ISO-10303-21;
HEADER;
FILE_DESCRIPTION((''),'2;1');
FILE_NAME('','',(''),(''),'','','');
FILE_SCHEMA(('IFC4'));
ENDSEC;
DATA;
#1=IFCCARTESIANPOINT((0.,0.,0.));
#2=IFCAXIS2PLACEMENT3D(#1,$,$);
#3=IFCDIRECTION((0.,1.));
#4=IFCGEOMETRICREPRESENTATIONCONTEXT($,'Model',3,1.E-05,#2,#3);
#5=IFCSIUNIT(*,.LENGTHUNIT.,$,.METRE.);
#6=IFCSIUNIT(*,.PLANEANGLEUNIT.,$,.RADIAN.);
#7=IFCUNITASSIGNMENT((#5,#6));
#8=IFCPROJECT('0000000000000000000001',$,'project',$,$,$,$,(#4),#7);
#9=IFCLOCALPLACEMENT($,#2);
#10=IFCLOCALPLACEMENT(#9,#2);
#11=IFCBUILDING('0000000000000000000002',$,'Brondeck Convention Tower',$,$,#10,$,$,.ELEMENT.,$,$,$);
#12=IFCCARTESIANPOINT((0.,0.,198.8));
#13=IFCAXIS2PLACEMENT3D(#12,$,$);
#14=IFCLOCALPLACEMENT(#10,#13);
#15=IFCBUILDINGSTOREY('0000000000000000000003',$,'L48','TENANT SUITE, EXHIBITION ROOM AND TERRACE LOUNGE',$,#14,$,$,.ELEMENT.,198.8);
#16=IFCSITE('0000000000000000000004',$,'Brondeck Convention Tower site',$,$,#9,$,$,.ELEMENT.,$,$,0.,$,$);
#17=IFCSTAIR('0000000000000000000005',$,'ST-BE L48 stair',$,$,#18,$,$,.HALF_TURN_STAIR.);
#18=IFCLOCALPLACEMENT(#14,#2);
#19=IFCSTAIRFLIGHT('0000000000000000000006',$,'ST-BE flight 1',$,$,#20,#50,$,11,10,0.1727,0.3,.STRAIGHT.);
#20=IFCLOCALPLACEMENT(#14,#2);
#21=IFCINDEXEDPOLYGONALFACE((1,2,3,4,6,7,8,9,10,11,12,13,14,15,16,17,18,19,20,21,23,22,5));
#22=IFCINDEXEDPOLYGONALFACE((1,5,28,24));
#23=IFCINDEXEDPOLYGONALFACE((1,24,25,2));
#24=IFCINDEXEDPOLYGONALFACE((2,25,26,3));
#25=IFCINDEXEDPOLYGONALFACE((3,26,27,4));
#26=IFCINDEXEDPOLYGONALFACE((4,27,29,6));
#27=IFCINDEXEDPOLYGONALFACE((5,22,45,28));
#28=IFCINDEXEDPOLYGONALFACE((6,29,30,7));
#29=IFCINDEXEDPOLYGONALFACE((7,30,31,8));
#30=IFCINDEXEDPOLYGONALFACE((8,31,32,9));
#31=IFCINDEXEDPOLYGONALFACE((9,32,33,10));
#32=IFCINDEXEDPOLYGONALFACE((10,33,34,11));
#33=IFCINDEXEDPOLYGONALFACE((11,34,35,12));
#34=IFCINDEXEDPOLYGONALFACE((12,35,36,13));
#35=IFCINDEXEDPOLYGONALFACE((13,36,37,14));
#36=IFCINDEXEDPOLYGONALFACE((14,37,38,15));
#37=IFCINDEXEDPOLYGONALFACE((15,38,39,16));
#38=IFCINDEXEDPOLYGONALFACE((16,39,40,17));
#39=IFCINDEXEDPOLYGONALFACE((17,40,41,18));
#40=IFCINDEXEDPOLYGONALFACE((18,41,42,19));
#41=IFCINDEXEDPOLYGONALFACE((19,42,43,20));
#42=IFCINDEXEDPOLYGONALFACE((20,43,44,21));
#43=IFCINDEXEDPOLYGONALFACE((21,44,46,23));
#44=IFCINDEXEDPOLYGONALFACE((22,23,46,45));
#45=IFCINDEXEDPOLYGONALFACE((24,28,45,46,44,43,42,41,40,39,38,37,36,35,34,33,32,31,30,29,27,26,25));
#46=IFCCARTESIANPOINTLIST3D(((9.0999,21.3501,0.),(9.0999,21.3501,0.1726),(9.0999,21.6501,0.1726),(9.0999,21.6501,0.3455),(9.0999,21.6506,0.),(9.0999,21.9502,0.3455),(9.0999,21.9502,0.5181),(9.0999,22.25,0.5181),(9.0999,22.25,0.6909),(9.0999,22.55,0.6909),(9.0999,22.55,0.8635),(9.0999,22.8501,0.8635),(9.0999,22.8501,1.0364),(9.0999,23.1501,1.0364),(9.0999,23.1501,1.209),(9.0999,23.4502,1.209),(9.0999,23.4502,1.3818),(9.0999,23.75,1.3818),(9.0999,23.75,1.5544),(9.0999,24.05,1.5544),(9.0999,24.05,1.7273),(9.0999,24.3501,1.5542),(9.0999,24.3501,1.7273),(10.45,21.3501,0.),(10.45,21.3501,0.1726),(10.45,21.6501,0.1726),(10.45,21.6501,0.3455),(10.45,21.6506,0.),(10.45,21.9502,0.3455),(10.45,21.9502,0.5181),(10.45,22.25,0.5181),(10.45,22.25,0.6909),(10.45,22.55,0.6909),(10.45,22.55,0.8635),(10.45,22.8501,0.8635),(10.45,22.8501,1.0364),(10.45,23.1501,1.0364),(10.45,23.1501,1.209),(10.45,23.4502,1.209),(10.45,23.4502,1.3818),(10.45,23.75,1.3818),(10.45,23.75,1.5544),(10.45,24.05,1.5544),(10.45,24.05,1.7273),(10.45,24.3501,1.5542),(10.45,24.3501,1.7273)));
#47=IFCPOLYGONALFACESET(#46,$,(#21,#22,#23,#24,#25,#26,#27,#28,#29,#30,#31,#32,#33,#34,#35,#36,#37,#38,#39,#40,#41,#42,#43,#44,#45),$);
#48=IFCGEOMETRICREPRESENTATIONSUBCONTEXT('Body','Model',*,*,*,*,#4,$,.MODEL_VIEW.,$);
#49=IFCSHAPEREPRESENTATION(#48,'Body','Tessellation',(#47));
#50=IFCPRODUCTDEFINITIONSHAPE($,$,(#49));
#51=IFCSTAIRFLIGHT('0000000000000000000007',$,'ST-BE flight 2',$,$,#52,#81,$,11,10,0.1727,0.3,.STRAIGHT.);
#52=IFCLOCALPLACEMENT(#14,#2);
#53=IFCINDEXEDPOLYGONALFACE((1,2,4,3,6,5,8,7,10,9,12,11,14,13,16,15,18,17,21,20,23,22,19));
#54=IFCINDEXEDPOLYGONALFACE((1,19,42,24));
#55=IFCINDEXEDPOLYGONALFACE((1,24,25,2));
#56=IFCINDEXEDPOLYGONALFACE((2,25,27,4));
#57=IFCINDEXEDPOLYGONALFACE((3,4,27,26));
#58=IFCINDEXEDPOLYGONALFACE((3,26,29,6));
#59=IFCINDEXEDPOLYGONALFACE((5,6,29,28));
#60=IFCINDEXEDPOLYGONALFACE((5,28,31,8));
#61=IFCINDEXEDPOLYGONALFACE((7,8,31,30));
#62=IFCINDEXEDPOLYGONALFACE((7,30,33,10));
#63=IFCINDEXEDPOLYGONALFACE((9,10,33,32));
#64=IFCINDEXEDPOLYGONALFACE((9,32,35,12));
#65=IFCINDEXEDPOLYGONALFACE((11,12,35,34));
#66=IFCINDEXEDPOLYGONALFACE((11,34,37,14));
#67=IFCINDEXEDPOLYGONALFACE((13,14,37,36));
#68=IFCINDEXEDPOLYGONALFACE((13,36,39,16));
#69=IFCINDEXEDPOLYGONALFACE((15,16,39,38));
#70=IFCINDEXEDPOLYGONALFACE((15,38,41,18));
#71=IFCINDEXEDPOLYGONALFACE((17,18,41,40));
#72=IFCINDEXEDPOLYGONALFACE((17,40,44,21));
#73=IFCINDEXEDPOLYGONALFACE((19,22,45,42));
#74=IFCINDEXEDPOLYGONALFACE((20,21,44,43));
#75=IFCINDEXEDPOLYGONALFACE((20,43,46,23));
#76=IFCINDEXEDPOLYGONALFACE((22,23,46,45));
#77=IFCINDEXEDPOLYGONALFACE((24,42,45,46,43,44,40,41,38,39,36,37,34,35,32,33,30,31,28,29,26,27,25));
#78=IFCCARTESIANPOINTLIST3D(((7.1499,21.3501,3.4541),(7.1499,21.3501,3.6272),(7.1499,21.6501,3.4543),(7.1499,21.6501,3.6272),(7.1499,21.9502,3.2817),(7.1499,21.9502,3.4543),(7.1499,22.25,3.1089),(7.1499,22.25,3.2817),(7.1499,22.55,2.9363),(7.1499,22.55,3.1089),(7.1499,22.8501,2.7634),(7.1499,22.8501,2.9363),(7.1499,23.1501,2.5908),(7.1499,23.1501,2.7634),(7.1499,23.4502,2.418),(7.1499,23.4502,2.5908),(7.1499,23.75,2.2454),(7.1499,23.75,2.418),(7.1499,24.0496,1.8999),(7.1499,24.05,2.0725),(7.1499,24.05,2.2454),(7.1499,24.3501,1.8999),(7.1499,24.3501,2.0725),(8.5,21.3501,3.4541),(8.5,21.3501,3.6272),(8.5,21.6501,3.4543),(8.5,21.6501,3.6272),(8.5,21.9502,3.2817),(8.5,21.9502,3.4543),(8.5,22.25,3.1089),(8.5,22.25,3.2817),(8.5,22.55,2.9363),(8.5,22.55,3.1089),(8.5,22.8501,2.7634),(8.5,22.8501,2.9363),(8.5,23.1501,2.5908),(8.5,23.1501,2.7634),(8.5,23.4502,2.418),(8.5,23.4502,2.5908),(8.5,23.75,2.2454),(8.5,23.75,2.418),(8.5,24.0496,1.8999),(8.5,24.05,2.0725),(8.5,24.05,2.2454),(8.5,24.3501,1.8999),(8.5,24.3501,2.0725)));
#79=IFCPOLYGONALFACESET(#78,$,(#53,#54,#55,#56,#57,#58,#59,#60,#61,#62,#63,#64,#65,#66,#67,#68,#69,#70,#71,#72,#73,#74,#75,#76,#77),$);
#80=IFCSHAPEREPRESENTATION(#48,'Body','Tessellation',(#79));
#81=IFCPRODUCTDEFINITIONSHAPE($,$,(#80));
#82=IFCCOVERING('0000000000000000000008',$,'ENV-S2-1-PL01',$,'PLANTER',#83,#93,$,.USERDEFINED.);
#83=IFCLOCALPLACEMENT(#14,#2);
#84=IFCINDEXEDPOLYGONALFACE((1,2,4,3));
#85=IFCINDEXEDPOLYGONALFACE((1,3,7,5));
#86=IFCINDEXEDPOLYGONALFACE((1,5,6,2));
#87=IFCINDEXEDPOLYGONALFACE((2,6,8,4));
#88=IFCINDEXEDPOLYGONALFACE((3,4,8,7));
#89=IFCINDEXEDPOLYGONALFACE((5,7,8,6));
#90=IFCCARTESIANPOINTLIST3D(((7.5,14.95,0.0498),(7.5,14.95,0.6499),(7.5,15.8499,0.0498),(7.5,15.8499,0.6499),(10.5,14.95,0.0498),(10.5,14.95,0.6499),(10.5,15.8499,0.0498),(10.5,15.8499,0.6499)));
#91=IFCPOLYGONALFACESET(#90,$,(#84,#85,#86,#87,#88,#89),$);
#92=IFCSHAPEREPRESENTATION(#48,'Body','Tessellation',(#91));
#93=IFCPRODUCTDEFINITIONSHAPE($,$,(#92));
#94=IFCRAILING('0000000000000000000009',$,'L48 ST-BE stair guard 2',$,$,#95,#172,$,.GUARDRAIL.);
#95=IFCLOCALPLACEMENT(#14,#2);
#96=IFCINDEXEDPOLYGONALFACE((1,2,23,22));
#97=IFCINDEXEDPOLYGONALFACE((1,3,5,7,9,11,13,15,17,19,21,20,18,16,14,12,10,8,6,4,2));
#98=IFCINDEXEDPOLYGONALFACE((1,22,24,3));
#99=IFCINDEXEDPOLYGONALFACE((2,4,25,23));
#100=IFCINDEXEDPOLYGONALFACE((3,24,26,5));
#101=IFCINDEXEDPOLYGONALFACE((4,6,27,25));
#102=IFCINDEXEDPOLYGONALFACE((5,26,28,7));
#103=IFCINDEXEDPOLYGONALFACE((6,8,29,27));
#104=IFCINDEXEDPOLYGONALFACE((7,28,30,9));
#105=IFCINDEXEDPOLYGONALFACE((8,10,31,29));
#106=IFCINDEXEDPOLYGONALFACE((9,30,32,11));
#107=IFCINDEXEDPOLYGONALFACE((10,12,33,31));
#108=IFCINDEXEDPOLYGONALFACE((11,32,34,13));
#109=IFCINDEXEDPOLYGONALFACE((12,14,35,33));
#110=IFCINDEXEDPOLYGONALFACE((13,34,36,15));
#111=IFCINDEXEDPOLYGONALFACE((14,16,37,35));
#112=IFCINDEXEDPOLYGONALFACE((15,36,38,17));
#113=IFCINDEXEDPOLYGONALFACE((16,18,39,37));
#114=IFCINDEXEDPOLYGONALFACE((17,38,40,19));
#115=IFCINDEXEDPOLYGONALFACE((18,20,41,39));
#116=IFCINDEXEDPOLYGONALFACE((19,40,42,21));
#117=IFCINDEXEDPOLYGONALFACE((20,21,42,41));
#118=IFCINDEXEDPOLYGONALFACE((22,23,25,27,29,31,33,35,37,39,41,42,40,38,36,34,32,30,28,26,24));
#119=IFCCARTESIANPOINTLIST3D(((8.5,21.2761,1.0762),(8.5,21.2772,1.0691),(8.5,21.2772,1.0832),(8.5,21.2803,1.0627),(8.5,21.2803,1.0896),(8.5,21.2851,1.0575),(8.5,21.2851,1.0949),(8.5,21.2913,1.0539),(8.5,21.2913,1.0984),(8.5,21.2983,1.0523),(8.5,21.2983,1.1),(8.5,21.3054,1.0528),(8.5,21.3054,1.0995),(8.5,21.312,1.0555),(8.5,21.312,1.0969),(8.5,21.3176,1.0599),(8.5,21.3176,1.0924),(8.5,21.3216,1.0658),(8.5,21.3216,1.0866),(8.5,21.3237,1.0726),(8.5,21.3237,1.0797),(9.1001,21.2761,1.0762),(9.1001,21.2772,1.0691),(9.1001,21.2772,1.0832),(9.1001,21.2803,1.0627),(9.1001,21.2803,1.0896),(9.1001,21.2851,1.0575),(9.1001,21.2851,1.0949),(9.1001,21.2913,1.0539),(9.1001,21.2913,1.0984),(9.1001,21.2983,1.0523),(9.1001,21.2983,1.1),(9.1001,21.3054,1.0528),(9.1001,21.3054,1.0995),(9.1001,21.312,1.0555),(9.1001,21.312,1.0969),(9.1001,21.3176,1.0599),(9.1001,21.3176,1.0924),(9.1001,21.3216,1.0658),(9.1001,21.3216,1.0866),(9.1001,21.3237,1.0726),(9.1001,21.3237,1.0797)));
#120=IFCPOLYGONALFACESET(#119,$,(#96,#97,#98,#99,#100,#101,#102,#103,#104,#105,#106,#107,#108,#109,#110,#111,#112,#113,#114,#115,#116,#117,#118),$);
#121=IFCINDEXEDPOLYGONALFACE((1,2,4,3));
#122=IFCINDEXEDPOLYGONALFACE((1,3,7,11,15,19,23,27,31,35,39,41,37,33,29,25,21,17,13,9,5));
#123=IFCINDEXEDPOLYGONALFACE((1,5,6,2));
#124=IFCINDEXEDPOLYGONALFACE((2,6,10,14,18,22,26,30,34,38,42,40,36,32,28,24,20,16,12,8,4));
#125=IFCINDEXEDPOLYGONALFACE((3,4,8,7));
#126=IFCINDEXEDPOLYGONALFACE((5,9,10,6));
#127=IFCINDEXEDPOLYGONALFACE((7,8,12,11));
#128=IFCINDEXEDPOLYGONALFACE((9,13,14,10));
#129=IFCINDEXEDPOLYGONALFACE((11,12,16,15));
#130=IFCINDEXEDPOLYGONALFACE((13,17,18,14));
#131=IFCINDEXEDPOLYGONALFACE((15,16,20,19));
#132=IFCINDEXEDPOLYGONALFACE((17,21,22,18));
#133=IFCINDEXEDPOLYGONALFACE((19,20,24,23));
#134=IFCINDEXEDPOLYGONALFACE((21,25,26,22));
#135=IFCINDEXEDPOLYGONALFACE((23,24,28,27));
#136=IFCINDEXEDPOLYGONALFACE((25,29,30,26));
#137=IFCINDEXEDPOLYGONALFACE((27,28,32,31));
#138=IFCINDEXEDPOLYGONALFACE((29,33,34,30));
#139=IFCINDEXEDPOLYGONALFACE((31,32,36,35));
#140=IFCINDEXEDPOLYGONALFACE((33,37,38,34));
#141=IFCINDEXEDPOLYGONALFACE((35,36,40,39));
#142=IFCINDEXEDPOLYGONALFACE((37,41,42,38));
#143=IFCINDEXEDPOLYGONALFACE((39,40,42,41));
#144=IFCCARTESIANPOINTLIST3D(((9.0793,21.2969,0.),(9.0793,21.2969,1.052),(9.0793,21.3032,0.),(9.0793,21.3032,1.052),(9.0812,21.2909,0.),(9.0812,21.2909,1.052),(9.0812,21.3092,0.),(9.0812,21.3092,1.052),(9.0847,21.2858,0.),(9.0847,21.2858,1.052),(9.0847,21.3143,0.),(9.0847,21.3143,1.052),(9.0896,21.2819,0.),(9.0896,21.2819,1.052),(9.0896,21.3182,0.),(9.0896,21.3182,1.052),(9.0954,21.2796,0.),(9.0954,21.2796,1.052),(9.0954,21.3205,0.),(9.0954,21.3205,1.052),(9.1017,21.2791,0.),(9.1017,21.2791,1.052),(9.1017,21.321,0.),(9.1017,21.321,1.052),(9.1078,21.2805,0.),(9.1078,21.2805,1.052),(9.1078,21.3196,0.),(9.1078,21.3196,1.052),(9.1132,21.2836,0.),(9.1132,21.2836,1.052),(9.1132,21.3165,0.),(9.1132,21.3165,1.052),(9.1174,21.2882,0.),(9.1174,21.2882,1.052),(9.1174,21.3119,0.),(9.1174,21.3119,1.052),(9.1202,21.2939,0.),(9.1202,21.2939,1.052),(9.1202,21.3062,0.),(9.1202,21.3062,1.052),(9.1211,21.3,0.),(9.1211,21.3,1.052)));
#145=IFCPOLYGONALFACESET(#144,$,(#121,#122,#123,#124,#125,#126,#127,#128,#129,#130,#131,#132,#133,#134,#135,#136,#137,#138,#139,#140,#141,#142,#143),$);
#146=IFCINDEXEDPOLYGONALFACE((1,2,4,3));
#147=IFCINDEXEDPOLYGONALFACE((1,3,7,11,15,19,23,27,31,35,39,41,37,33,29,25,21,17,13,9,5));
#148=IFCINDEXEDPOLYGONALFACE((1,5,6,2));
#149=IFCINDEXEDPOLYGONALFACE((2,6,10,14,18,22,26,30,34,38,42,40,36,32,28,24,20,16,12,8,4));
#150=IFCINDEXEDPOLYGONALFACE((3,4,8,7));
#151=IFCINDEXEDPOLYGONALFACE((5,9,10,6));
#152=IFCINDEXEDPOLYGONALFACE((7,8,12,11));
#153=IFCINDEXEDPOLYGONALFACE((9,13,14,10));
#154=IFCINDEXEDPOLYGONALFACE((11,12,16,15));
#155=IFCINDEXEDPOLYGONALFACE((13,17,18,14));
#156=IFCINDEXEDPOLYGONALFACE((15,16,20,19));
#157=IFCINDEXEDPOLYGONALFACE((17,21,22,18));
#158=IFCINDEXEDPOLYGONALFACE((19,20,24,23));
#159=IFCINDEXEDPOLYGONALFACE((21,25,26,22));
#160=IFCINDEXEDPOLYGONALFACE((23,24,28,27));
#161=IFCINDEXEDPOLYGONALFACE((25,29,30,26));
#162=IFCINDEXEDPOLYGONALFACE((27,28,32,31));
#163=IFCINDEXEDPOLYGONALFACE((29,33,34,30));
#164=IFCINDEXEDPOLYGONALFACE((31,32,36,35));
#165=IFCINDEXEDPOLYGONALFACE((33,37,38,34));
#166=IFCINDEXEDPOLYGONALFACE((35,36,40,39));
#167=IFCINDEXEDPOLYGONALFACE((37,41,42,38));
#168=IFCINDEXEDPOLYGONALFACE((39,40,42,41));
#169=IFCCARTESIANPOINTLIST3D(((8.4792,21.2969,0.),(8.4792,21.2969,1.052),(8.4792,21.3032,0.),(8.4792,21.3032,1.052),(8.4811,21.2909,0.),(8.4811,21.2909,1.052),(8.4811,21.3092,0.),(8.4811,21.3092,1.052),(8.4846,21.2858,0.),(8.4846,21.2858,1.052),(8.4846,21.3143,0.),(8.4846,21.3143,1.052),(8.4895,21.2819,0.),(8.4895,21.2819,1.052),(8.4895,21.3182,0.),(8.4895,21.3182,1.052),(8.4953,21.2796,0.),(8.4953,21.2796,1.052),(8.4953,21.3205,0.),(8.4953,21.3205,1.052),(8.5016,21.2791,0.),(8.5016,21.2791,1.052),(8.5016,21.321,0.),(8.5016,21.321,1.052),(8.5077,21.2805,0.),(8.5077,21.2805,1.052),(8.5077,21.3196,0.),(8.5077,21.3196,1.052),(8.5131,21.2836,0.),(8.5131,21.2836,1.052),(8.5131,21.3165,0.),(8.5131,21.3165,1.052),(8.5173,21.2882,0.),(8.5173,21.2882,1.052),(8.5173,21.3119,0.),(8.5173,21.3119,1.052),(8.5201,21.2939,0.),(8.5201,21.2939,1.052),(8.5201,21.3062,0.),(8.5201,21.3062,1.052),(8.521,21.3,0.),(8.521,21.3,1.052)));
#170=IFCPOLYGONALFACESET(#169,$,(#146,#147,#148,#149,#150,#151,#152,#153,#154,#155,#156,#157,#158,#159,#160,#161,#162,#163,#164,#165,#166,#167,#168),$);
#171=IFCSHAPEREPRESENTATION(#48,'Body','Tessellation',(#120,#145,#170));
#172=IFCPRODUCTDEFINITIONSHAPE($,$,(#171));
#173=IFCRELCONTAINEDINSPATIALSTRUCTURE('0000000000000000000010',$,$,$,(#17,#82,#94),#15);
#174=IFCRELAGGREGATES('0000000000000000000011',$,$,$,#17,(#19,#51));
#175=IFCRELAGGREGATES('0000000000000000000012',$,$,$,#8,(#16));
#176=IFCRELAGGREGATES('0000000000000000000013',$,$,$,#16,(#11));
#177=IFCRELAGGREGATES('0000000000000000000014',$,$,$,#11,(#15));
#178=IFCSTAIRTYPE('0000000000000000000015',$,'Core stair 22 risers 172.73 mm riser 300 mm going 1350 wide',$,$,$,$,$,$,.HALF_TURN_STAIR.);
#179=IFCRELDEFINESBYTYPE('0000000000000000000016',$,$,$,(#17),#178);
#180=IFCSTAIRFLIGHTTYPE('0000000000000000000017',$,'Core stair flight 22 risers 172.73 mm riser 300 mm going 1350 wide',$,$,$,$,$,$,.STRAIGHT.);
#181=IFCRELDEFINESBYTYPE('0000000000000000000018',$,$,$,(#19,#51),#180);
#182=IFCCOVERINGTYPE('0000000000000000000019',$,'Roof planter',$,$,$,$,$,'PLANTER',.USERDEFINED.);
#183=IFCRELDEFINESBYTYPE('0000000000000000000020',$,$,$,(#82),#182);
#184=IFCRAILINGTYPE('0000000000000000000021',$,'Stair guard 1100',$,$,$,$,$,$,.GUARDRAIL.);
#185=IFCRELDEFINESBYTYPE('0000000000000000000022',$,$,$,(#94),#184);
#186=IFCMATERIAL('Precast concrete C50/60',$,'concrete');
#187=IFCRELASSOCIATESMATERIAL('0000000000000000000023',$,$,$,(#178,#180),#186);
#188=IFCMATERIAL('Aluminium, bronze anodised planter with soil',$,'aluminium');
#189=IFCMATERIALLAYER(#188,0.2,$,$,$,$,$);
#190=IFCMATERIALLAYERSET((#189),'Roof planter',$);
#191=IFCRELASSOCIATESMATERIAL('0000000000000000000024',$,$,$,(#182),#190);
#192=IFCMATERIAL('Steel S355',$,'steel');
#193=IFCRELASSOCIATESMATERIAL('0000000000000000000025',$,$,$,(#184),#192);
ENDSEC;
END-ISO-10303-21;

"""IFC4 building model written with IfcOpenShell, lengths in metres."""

from ifc_helpers import new_model, si_unit, direction, frame, origin, origin_2d, place, context, subcontext, project, spatial, polyline, rectangle, circle, outline, extrude, material, layer, layer_set, type_object, element, aggregate, save


model = new_model("IFC4")

# Units and contexts
model_context = context("Model", 3, precision=1e-05, world=origin(), true_north=direction((0.0, 1.0)))
body_context = subcontext(model_context, "Body", "Model", "MODEL_VIEW")
ifc_project = project(units=[si_unit("LENGTHUNIT", "METRE"), si_unit("PLANEANGLEUNIT", "RADIAN")], contexts=[model_context])

# Site, building, storey
site_placement = place(None, origin())
site = spatial("IfcSite", under=ifc_project, at=site_placement, Name="Brondeck Convention Tower site", CompositionType="ELEMENT", RefElevation=0.0)
building_placement = place(site_placement, origin())
building = spatial("IfcBuilding", under=site, at=building_placement, Name="Brondeck Convention Tower", CompositionType="ELEMENT")
storey_placement = place(building_placement, frame((0.0, 0.0, 198.8)))
storey = spatial("IfcBuildingStorey", under=building, at=storey_placement, Name="L48", Description="TENANT SUITE, EXHIBITION ROOM AND TERRACE LOUNGE", CompositionType="ELEMENT", Elevation=198.8)

# Stair, stair flights
ifc_material_1 = material(Name="Precast concrete C50/60", Category="concrete")
stair_type = type_object("IfcStairType", Name="Core stair 22 risers 172.73 mm riser 300 mm going 1350 wide", PredefinedType="HALF_TURN_STAIR", material=ifc_material_1)
stair_placement = place(storey_placement, origin())
stair = element("IfcStair", 1, at=stair_placement, inside=storey, type_object=stair_type, Name="ST-BE L48 stair", PredefinedType="HALF_TURN_STAIR")
stair_flight_type = type_object("IfcStairFlightType", Name="Core stair flight 22 risers 172.73 mm riser 300 mm going 1350 wide", PredefinedType="STRAIGHT", material=ifc_material_1)
stair_flight_1_placement = place(storey_placement, frame((9.7749, 21.3501, 0.0), z_axis=(0.0, 0.0, 1.0), x_axis=(0.0, 1.0, 0.0)))
stair_flight_1 = element("IfcStairFlight", 2, at=stair_flight_1_placement, type_object=stair_flight_type, Name="ST-BE flight 1", NumberOfRisers=11, NumberOfTreads=10, PredefinedType="STRAIGHT", RiserHeight=0.1727, TreadLength=0.3, context=body_context, shape_type="SweptSolid", body=[
    extrude(outline(polyline([(0.0, 0.0), (0.0, 0.1726), (0.3, 0.1726), (0.3, 0.3455), (0.6001, 0.3455), (0.6001, 0.5181), (0.8999, 0.5181), (0.8999, 0.6909), (1.2, 0.6909), (1.2, 0.8635), (1.5, 0.8635), (1.5, 1.0364), (1.8, 1.0364), (1.8, 1.209), (2.1001, 1.209), (2.1001, 1.3818), (2.3999, 1.3818), (2.3999, 1.5544), (2.7, 1.5544), (2.7, 1.7273), (3.0, 1.7273), (3.0, 1.8999), (3.0, 1.5542), (0.3005, 0.0), (0.0, 0.0)])), frame((0.0, 0.675, 0.0), z_axis=(0.0, -1.0, 0.0), x_axis=(1.0, 0.0, 0.0)), (0.0, 0.0, 1.0), 1.3501),
])
stair_flight_2_placement = place(storey_placement, frame((7.825, 24.3501, 1.8999), z_axis=(0.0, 0.0, 1.0), x_axis=(0.0, -1.0, 0.0)))
stair_flight_2 = element("IfcStairFlight", 3, at=stair_flight_2_placement, type_object=stair_flight_type, Name="ST-BE flight 2", NumberOfRisers=11, NumberOfTreads=10, PredefinedType="STRAIGHT", RiserHeight=0.1727, TreadLength=0.3, context=body_context, shape_type="SweptSolid", body=[
    extrude(outline(polyline([(0.0, 0.0), (0.0, 0.1726), (0.3, 0.1726), (0.3, 0.3455), (0.6001, 0.3455), (0.6001, 0.5181), (0.8999, 0.5181), (0.8999, 0.6909), (1.2, 0.6909), (1.2, 0.8635), (1.5, 0.8635), (1.5, 1.0364), (1.8, 1.0364), (1.8, 1.209), (2.1001, 1.209), (2.1001, 1.3818), (2.3999, 1.3818), (2.3999, 1.5544), (2.7, 1.5544), (2.7, 1.7273), (3.0, 1.7273), (3.0, 1.8999), (3.0, 1.5542), (0.3005, 0.0), (0.0, 0.0)])), frame((0.0, 0.675, 0.0), z_axis=(0.0, -1.0, 0.0), x_axis=(1.0, 0.0, 0.0)), (0.0, 0.0, 1.0), 1.3501),
])
aggregate(stair, [stair_flight_1, stair_flight_2])

# Covering
ifc_material_2 = material(Name="Aluminium, bronze anodised planter with soil", Category="aluminium")
ifc_layer_1 = layer(ifc_material_2, 0.2)
ifc_layer_set_1 = layer_set([ifc_layer_1], Name="Roof planter")
covering_type = type_object("IfcCoveringType", Name="Roof planter", ElementType="PLANTER", PredefinedType="USERDEFINED", material=ifc_layer_set_1)
covering_placement = place(storey_placement, frame((9.0, 15.3999, 0.0498), z_axis=(0.0, 0.0, 1.0), x_axis=(1.0, 0.0, 0.0)))
element("IfcCovering", 4, at=covering_placement, inside=storey, type_object=covering_type, Name="ENV-S2-1-PL01", ObjectType="PLANTER", PredefinedType="USERDEFINED", context=body_context, shape_type="SweptSolid", body=[
    extrude(rectangle(XDim=3.0, YDim=0.8999, at=origin_2d()), origin(), (0.0, 0.0, 1.0), 0.6001),
])

# Railing
ifc_material_3 = material(Name="Steel S355", Category="steel")
railing_type_1 = type_object("IfcRailingType", Name="Stair guard 1100", PredefinedType="GUARDRAIL", material=ifc_material_3)
railing_1_placement = place(storey_placement, frame((9.1001, 21.3, 0.0)))
element("IfcRailing", 5, at=railing_1_placement, inside=storey, type_object=railing_type_1, Name="L48 ST-BE stair guard 2", PredefinedType="GUARDRAIL", context=body_context, shape_type="SweptSolid", body=[
    extrude(circle(Radius=0.0239, at=origin_2d()), frame((0.0, 0.0, 1.0762), z_axis=(-1.0, 0.0, 0.0), x_axis=(0.0, -1.0, 0.0)), (0.0, 0.0, 1.0), 0.6001),
    extrude(circle(Radius=0.021, at=origin_2d()), origin(), (0.0, 0.0, 1.0), 1.052),
    extrude(circle(Radius=0.021, at=origin_2d()), frame((-0.6001, 0.0, 0.0)), (0.0, 0.0, 1.0), 1.052),
])

save(model, "model.ifc")
